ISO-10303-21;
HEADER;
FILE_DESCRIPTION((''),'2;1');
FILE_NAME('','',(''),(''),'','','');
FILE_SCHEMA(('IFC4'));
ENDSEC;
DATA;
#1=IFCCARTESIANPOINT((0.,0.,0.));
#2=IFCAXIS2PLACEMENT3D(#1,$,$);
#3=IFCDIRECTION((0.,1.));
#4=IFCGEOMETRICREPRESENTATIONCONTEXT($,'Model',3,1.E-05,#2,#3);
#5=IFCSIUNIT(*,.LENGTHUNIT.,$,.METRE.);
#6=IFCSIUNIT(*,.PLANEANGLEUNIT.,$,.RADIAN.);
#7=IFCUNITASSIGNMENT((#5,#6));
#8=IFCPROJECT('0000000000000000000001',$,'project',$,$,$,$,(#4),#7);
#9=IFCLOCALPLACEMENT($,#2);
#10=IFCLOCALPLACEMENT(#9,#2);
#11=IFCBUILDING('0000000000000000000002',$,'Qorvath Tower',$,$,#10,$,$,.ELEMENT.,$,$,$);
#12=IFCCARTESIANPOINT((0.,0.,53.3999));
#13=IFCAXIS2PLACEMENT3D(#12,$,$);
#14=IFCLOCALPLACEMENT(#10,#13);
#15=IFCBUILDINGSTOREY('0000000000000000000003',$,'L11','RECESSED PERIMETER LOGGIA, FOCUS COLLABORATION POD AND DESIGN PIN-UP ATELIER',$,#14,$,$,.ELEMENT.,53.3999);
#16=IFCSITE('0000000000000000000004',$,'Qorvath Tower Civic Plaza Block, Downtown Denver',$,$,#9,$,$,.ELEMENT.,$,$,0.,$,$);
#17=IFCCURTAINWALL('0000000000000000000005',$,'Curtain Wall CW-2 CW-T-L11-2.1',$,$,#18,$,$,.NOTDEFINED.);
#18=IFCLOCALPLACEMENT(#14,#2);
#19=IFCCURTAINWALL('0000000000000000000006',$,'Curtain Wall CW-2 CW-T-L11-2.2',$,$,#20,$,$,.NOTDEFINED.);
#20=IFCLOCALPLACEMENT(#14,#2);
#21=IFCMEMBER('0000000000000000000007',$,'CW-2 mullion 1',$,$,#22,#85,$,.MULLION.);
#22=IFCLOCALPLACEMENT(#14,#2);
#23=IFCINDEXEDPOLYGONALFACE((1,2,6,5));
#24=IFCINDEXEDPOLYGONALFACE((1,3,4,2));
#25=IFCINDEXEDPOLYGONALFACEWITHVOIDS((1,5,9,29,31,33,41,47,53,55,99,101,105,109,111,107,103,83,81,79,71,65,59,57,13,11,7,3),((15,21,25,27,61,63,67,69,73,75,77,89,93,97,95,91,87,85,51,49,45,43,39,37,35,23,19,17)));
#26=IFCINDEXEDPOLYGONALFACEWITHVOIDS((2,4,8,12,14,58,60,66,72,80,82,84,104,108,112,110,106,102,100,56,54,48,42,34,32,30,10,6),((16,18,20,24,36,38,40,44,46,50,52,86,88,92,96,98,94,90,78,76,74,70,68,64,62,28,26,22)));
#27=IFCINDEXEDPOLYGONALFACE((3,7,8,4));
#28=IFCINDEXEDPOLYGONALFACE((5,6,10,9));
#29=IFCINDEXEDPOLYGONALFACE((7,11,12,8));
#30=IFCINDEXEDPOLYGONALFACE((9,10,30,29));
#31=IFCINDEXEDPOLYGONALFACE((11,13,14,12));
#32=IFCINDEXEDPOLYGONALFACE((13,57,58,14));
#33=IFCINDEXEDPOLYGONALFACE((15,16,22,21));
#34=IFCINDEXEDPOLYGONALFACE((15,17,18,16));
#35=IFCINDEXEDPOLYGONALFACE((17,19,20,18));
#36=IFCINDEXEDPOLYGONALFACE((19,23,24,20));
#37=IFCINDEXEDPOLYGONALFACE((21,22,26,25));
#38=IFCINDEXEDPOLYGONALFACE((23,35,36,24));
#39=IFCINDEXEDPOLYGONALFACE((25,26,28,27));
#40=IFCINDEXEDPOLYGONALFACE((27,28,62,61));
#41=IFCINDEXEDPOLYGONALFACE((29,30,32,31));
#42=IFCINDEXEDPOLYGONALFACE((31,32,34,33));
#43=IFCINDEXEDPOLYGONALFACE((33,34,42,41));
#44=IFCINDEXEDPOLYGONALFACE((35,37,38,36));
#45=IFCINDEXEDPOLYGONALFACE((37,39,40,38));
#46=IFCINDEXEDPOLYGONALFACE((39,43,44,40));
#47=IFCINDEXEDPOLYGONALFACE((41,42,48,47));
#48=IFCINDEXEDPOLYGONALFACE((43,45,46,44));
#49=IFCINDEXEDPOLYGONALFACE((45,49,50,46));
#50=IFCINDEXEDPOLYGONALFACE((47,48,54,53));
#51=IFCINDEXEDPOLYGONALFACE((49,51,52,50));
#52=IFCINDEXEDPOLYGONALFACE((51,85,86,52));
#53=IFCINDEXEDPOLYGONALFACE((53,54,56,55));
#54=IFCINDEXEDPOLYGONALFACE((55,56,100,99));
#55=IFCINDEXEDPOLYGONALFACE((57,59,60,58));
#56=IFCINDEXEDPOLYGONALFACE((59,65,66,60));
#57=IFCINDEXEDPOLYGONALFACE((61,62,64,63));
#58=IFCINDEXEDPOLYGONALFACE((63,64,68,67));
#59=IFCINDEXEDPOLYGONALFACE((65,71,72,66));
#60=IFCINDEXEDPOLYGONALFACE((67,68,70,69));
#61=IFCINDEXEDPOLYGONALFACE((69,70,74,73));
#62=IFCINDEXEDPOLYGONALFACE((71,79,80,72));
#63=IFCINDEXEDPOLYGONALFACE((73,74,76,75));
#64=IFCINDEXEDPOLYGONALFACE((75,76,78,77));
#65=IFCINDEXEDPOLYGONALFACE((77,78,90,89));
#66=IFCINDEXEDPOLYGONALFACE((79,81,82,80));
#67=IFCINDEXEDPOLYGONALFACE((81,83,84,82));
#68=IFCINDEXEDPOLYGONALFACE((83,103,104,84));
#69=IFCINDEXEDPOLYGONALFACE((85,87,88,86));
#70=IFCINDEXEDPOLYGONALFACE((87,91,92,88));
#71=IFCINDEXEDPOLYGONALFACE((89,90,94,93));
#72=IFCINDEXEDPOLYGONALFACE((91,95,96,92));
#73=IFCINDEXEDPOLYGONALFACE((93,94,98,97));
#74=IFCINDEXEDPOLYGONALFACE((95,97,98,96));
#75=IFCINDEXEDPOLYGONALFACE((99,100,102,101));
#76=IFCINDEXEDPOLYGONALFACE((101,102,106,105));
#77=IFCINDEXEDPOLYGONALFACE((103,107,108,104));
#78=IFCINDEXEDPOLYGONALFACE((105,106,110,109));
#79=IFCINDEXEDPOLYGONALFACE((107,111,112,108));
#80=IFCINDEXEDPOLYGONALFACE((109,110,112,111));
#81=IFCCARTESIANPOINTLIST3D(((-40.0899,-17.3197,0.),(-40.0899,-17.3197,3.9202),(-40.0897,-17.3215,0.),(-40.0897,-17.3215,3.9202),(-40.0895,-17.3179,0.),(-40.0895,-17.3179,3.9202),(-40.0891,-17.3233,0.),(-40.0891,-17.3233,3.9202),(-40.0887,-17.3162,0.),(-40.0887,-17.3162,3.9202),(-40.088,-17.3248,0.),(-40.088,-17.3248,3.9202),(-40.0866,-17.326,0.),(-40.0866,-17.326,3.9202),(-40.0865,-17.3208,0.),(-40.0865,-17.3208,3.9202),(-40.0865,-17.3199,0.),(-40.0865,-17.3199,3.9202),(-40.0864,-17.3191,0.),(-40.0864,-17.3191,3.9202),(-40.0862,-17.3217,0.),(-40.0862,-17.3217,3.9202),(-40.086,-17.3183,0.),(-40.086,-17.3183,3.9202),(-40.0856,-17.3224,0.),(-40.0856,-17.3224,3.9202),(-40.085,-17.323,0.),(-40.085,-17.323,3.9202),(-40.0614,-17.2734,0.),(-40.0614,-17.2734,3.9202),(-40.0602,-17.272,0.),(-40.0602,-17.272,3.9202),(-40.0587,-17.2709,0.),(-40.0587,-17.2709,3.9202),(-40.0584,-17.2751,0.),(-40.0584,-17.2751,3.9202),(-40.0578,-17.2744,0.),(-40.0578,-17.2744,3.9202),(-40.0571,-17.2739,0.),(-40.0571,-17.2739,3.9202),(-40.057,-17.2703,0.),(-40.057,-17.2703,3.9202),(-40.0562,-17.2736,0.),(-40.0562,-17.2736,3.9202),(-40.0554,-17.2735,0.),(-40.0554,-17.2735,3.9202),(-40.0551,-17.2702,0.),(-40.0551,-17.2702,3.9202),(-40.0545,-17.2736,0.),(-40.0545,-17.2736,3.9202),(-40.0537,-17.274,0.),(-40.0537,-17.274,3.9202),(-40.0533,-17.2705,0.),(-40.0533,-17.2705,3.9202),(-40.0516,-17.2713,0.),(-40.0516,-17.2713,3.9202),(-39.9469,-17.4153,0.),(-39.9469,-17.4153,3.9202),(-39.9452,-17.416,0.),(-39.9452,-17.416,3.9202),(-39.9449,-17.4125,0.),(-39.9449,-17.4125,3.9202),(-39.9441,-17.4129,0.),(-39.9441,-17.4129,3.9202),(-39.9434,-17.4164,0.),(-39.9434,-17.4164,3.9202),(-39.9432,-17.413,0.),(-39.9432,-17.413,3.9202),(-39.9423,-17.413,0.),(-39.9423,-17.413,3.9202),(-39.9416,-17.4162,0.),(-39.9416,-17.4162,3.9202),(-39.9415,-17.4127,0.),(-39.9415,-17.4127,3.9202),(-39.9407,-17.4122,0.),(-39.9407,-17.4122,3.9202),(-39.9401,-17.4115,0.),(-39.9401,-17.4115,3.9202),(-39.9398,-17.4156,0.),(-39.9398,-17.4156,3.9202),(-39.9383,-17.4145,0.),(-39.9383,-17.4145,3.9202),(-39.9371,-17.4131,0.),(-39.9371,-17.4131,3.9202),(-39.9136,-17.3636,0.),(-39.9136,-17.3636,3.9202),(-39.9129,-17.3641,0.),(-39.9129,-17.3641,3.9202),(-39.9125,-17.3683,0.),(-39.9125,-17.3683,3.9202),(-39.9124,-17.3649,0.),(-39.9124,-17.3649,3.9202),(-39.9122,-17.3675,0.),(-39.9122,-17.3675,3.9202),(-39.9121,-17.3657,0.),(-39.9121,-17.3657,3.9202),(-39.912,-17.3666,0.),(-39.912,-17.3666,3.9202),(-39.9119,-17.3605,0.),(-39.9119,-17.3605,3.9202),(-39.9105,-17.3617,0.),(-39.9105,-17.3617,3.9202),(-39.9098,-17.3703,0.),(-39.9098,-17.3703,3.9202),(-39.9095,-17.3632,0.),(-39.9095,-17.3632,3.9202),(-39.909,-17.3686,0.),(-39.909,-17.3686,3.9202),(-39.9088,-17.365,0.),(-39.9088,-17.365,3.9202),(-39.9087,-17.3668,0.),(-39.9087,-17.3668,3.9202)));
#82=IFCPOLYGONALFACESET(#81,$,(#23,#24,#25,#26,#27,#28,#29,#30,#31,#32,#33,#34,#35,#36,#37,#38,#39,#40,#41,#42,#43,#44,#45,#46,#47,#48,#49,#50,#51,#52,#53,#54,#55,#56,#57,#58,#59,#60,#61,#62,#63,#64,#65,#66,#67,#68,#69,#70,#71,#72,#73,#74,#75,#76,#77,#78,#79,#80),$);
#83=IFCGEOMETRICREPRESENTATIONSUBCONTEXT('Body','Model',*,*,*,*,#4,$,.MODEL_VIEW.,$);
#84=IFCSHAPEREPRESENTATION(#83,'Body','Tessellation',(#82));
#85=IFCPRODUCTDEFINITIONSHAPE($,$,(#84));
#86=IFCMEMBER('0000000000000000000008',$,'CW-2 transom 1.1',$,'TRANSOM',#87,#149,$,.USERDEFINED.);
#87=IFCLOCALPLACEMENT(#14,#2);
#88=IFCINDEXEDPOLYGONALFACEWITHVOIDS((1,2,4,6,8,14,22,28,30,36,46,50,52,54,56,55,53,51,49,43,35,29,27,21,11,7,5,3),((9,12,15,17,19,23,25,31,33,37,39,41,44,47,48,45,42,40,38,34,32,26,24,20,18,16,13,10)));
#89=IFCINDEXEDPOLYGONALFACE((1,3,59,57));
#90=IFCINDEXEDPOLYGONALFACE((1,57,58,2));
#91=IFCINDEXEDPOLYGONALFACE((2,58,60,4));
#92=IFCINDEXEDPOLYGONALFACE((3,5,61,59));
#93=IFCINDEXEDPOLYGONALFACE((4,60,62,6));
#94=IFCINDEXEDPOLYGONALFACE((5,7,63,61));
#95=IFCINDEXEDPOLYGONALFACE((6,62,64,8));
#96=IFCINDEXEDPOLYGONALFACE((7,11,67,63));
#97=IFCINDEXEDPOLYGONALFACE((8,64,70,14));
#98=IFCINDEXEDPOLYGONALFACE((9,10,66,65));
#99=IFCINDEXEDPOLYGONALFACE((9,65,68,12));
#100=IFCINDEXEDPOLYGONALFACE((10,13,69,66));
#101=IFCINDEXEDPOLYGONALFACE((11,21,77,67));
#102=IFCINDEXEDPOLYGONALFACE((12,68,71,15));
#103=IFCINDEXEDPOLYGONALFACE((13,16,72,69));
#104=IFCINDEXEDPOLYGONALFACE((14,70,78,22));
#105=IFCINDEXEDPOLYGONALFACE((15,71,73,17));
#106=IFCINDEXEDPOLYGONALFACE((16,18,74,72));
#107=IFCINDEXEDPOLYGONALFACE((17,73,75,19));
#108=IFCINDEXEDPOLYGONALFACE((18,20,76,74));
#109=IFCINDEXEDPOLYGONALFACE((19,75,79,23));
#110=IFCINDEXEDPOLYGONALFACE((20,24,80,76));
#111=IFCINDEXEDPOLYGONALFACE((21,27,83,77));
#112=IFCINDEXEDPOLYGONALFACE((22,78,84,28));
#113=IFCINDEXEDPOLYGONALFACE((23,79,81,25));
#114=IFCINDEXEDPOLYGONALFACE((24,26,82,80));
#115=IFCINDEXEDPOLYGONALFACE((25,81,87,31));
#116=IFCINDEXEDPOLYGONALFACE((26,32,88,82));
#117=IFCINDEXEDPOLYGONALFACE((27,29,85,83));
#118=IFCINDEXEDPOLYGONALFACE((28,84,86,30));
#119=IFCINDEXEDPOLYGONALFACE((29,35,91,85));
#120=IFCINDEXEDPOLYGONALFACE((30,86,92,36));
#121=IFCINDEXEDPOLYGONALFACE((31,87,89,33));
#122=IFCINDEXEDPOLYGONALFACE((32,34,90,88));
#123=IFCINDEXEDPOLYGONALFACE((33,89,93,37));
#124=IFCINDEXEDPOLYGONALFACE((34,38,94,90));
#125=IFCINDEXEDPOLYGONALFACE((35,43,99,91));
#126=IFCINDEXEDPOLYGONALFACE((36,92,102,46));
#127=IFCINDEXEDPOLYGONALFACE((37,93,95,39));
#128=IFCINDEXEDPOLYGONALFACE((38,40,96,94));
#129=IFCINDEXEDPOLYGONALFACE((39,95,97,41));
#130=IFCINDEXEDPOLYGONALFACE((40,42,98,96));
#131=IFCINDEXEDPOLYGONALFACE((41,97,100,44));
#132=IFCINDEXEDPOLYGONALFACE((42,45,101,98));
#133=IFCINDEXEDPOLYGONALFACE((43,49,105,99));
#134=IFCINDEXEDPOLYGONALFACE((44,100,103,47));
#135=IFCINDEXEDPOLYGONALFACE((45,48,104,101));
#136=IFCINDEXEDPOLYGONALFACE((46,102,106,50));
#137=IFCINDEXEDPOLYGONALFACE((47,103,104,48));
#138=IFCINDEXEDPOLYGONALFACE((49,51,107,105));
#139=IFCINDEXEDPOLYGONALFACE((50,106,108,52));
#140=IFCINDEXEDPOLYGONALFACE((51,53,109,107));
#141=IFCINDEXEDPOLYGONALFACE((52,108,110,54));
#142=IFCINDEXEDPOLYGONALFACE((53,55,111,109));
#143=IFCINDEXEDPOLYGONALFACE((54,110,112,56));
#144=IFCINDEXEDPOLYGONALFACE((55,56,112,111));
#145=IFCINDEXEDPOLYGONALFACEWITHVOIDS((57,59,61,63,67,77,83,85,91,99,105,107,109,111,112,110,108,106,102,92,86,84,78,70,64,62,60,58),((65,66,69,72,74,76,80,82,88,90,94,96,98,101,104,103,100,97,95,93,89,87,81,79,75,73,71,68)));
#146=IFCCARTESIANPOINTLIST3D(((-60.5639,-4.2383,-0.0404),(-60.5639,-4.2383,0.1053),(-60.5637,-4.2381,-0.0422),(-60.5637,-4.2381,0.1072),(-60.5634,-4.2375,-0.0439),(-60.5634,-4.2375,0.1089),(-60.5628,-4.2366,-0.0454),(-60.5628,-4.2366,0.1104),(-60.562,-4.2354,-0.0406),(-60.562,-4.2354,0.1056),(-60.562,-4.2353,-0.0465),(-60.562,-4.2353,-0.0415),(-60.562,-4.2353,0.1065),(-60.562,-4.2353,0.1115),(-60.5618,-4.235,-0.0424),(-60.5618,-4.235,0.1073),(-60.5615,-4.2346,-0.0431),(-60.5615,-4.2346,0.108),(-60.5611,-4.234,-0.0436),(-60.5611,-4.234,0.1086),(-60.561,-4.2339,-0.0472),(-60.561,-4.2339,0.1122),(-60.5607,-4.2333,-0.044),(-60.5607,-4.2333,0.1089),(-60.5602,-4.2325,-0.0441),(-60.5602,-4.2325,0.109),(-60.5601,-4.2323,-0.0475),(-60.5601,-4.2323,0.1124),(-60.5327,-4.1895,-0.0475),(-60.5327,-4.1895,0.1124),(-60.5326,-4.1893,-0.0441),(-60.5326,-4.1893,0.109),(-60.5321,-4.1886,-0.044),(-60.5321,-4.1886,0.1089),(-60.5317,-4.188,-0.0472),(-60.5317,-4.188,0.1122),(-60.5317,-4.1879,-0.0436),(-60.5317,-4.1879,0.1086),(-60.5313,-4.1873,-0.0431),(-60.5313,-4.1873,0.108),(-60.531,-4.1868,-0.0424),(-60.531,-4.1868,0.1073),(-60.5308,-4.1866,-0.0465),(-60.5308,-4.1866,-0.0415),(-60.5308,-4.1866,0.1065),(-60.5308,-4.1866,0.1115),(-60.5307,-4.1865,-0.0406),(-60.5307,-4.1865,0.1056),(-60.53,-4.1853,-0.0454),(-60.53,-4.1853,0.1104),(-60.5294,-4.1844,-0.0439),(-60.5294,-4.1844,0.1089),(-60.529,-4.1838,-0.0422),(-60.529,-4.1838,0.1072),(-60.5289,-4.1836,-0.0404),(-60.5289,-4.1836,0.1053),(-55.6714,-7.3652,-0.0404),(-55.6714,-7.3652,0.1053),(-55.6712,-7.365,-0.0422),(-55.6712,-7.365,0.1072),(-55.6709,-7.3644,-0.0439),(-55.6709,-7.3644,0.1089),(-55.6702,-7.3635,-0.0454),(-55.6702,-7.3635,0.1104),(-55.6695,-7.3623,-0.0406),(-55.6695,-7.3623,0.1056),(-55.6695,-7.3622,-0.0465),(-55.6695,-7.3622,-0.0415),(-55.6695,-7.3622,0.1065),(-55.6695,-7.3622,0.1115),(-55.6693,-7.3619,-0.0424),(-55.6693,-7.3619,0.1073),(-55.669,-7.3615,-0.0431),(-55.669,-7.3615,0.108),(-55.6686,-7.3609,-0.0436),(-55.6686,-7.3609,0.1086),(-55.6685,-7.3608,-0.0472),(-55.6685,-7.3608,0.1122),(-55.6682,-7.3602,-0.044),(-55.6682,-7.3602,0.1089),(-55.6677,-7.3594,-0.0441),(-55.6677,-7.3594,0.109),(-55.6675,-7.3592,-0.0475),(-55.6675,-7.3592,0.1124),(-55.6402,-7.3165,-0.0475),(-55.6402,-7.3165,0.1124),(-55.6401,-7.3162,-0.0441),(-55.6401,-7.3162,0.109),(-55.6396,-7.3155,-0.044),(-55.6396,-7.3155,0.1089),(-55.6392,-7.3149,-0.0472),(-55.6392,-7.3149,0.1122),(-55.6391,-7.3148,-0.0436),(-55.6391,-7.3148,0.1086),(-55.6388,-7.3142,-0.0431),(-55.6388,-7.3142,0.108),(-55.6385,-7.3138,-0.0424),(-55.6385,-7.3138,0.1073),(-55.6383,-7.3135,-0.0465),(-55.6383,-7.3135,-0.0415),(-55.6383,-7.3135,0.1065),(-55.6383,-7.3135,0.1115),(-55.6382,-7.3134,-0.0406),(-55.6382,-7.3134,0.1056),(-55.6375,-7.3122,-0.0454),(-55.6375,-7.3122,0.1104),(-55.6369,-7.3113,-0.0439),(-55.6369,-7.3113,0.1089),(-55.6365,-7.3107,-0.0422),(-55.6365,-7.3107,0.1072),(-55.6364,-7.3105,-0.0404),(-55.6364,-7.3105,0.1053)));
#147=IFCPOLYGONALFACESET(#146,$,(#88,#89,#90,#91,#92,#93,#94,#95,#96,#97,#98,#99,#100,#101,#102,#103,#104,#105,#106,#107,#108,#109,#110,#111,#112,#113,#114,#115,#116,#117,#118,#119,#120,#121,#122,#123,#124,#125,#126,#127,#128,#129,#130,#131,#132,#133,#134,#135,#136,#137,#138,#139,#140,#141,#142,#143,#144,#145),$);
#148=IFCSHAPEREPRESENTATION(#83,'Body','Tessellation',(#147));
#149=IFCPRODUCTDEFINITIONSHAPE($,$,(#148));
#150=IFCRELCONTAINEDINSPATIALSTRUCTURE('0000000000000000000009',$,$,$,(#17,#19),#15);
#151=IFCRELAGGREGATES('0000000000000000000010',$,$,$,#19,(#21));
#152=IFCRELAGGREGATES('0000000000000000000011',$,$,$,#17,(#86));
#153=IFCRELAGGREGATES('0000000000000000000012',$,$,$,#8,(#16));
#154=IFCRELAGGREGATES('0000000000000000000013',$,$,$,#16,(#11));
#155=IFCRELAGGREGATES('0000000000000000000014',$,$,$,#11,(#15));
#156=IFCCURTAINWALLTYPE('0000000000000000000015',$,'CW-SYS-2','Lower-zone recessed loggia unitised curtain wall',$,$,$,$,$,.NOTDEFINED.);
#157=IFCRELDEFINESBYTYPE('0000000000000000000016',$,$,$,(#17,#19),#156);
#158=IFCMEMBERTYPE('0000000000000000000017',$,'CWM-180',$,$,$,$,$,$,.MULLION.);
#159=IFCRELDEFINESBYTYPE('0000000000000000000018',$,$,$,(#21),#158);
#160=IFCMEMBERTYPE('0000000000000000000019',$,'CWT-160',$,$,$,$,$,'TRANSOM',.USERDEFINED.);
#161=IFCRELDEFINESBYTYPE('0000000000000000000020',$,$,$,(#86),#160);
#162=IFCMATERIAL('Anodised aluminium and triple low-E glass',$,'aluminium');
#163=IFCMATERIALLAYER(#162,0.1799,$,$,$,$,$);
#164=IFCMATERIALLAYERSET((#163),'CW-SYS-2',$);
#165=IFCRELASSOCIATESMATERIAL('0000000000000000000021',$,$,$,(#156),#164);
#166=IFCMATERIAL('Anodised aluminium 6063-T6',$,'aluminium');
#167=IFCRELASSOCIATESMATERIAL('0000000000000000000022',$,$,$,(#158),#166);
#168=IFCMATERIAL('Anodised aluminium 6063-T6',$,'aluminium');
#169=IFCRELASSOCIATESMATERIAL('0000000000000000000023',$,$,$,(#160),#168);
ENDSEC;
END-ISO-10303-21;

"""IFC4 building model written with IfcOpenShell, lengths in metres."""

from ifc_helpers import new_model, si_unit, direction, frame, origin, origin_2d, place, context, subcontext, project, spatial, hollow_rectangle, extrude, material, layer, layer_set, material_profile, profile_set, type_object, element, aggregate, save


model = new_model("IFC4")

# Units and contexts
model_context = context("Model", 3, precision=1e-05, world=origin(), true_north=direction((0.0, 1.0)))
body_context = subcontext(model_context, "Body", "Model", "MODEL_VIEW")
ifc_project = project(units=[si_unit("LENGTHUNIT", "METRE"), si_unit("PLANEANGLEUNIT", "RADIAN")], contexts=[model_context])

# Site, building, storey
site_placement = place(None, origin())
site = spatial("IfcSite", under=ifc_project, at=site_placement, Name="Qorvath Tower Civic Plaza Block, Downtown Denver", CompositionType="ELEMENT", RefElevation=0.0)
building_placement = place(site_placement, origin())
building = spatial("IfcBuilding", under=site, at=building_placement, Name="Qorvath Tower", CompositionType="ELEMENT")
storey_placement = place(building_placement, frame((0.0, 0.0, 53.3999)))
storey = spatial("IfcBuildingStorey", under=building, at=storey_placement, Name="L11", Description="RECESSED PERIMETER LOGGIA, FOCUS COLLABORATION POD AND DESIGN PIN-UP ATELIER", CompositionType="ELEMENT", Elevation=53.3999)

# Curtain wall
ifc_material_1 = material(Name="Anodised aluminium and triple low-E glass", Category="aluminium")
ifc_layer_1 = layer(ifc_material_1, 0.1799)
ifc_layer_set_1 = layer_set([ifc_layer_1], Name="CW-SYS-2")
curtain_wall_type = type_object("IfcCurtainWallType", Name="CW-SYS-2", Description="Lower-zone recessed loggia unitised curtain wall", PredefinedType="NOTDEFINED", material=ifc_layer_set_1)
curtain_wall_1_placement = place(storey_placement, origin())
curtain_wall_1 = element("IfcCurtainWall", 1, at=curtain_wall_1_placement, inside=storey, type_object=curtain_wall_type, Name="Curtain Wall CW-2 CW-T-L11-2.1", PredefinedType="NOTDEFINED")
ifc_material_2 = material(Name="Anodised aluminium 6063-T6", Category="aluminium")
ifc_material_profile_1 = material_profile(ifc_material_2, hollow_rectangle(XDim=0.0649, YDim=0.1799, WallThickness=0.0034, InnerFilletRadius=0.0034, OuterFilletRadius=0.0071, at=origin_2d()), Name="CWM 180x65")
ifc_profile_set_1 = profile_set([ifc_material_profile_1], Name="Anodised aluminium 6063-T6")
member_type_1 = type_object("IfcMemberType", Name="CWM-180", PredefinedType="MULLION", material=ifc_profile_set_1)

# Curtain wall, member
curtain_wall_2_placement = place(storey_placement, origin())
curtain_wall_2 = element("IfcCurtainWall", 2, at=curtain_wall_2_placement, inside=storey, type_object=curtain_wall_type, Name="Curtain Wall CW-2 CW-T-L11-2.2", PredefinedType="NOTDEFINED")
member_1_placement = place(storey_placement, frame((-39.9993, -17.3433, 0.0), z_axis=(0.0, 0.0, 1.0), x_axis=(0.538537, 0.842602, 0.0)))
member_1 = element("IfcMember", 3, at=member_1_placement, type_object=member_type_1, Name="CW-2 mullion 1", PredefinedType="MULLION", context=body_context, shape_type="SweptSolid", body=[
    extrude(hollow_rectangle(XDim=0.0649, YDim=0.1799, WallThickness=0.0034, InnerFilletRadius=0.0034, OuterFilletRadius=0.0071, at=origin_2d()), origin(), (0.0, 0.0, 1.0), 3.9202),
])
aggregate(curtain_wall_2, [member_1])

# Member
ifc_material_3 = material(Name="Anodised aluminium 6063-T6", Category="aluminium")
ifc_material_profile_2 = material_profile(ifc_material_3, hollow_rectangle(XDim=0.0649, YDim=0.1599, WallThickness=0.0034, InnerFilletRadius=0.0034, OuterFilletRadius=0.0071, at=origin_2d()), Name="CWT 160x65")
ifc_profile_set_2 = profile_set([ifc_material_profile_2], Name="Anodised aluminium 6063-T6")
member_type_2 = type_object("IfcMemberType", Name="CWT-160", ElementType="TRANSOM", PredefinedType="USERDEFINED", material=ifc_profile_set_2)
member_2_placement = place(storey_placement, frame((-60.5464, -4.2109, 0.0325), z_axis=(0.842607, -0.538529, 0.0), x_axis=(0.538529, 0.842607, 0.0)))
member_2 = element("IfcMember", 4, at=member_2_placement, type_object=member_type_2, Name="CW-2 transom 1.1", ObjectType="TRANSOM", PredefinedType="USERDEFINED", context=body_context, shape_type="SweptSolid", body=[
    extrude(hollow_rectangle(XDim=0.0649, YDim=0.1599, WallThickness=0.0034, InnerFilletRadius=0.0034, OuterFilletRadius=0.0071, at=origin_2d()), origin(), (0.0, 0.0, 1.0), 5.8064),
])

aggregate(curtain_wall_1, [member_2])

save(model, "model.ifc")
